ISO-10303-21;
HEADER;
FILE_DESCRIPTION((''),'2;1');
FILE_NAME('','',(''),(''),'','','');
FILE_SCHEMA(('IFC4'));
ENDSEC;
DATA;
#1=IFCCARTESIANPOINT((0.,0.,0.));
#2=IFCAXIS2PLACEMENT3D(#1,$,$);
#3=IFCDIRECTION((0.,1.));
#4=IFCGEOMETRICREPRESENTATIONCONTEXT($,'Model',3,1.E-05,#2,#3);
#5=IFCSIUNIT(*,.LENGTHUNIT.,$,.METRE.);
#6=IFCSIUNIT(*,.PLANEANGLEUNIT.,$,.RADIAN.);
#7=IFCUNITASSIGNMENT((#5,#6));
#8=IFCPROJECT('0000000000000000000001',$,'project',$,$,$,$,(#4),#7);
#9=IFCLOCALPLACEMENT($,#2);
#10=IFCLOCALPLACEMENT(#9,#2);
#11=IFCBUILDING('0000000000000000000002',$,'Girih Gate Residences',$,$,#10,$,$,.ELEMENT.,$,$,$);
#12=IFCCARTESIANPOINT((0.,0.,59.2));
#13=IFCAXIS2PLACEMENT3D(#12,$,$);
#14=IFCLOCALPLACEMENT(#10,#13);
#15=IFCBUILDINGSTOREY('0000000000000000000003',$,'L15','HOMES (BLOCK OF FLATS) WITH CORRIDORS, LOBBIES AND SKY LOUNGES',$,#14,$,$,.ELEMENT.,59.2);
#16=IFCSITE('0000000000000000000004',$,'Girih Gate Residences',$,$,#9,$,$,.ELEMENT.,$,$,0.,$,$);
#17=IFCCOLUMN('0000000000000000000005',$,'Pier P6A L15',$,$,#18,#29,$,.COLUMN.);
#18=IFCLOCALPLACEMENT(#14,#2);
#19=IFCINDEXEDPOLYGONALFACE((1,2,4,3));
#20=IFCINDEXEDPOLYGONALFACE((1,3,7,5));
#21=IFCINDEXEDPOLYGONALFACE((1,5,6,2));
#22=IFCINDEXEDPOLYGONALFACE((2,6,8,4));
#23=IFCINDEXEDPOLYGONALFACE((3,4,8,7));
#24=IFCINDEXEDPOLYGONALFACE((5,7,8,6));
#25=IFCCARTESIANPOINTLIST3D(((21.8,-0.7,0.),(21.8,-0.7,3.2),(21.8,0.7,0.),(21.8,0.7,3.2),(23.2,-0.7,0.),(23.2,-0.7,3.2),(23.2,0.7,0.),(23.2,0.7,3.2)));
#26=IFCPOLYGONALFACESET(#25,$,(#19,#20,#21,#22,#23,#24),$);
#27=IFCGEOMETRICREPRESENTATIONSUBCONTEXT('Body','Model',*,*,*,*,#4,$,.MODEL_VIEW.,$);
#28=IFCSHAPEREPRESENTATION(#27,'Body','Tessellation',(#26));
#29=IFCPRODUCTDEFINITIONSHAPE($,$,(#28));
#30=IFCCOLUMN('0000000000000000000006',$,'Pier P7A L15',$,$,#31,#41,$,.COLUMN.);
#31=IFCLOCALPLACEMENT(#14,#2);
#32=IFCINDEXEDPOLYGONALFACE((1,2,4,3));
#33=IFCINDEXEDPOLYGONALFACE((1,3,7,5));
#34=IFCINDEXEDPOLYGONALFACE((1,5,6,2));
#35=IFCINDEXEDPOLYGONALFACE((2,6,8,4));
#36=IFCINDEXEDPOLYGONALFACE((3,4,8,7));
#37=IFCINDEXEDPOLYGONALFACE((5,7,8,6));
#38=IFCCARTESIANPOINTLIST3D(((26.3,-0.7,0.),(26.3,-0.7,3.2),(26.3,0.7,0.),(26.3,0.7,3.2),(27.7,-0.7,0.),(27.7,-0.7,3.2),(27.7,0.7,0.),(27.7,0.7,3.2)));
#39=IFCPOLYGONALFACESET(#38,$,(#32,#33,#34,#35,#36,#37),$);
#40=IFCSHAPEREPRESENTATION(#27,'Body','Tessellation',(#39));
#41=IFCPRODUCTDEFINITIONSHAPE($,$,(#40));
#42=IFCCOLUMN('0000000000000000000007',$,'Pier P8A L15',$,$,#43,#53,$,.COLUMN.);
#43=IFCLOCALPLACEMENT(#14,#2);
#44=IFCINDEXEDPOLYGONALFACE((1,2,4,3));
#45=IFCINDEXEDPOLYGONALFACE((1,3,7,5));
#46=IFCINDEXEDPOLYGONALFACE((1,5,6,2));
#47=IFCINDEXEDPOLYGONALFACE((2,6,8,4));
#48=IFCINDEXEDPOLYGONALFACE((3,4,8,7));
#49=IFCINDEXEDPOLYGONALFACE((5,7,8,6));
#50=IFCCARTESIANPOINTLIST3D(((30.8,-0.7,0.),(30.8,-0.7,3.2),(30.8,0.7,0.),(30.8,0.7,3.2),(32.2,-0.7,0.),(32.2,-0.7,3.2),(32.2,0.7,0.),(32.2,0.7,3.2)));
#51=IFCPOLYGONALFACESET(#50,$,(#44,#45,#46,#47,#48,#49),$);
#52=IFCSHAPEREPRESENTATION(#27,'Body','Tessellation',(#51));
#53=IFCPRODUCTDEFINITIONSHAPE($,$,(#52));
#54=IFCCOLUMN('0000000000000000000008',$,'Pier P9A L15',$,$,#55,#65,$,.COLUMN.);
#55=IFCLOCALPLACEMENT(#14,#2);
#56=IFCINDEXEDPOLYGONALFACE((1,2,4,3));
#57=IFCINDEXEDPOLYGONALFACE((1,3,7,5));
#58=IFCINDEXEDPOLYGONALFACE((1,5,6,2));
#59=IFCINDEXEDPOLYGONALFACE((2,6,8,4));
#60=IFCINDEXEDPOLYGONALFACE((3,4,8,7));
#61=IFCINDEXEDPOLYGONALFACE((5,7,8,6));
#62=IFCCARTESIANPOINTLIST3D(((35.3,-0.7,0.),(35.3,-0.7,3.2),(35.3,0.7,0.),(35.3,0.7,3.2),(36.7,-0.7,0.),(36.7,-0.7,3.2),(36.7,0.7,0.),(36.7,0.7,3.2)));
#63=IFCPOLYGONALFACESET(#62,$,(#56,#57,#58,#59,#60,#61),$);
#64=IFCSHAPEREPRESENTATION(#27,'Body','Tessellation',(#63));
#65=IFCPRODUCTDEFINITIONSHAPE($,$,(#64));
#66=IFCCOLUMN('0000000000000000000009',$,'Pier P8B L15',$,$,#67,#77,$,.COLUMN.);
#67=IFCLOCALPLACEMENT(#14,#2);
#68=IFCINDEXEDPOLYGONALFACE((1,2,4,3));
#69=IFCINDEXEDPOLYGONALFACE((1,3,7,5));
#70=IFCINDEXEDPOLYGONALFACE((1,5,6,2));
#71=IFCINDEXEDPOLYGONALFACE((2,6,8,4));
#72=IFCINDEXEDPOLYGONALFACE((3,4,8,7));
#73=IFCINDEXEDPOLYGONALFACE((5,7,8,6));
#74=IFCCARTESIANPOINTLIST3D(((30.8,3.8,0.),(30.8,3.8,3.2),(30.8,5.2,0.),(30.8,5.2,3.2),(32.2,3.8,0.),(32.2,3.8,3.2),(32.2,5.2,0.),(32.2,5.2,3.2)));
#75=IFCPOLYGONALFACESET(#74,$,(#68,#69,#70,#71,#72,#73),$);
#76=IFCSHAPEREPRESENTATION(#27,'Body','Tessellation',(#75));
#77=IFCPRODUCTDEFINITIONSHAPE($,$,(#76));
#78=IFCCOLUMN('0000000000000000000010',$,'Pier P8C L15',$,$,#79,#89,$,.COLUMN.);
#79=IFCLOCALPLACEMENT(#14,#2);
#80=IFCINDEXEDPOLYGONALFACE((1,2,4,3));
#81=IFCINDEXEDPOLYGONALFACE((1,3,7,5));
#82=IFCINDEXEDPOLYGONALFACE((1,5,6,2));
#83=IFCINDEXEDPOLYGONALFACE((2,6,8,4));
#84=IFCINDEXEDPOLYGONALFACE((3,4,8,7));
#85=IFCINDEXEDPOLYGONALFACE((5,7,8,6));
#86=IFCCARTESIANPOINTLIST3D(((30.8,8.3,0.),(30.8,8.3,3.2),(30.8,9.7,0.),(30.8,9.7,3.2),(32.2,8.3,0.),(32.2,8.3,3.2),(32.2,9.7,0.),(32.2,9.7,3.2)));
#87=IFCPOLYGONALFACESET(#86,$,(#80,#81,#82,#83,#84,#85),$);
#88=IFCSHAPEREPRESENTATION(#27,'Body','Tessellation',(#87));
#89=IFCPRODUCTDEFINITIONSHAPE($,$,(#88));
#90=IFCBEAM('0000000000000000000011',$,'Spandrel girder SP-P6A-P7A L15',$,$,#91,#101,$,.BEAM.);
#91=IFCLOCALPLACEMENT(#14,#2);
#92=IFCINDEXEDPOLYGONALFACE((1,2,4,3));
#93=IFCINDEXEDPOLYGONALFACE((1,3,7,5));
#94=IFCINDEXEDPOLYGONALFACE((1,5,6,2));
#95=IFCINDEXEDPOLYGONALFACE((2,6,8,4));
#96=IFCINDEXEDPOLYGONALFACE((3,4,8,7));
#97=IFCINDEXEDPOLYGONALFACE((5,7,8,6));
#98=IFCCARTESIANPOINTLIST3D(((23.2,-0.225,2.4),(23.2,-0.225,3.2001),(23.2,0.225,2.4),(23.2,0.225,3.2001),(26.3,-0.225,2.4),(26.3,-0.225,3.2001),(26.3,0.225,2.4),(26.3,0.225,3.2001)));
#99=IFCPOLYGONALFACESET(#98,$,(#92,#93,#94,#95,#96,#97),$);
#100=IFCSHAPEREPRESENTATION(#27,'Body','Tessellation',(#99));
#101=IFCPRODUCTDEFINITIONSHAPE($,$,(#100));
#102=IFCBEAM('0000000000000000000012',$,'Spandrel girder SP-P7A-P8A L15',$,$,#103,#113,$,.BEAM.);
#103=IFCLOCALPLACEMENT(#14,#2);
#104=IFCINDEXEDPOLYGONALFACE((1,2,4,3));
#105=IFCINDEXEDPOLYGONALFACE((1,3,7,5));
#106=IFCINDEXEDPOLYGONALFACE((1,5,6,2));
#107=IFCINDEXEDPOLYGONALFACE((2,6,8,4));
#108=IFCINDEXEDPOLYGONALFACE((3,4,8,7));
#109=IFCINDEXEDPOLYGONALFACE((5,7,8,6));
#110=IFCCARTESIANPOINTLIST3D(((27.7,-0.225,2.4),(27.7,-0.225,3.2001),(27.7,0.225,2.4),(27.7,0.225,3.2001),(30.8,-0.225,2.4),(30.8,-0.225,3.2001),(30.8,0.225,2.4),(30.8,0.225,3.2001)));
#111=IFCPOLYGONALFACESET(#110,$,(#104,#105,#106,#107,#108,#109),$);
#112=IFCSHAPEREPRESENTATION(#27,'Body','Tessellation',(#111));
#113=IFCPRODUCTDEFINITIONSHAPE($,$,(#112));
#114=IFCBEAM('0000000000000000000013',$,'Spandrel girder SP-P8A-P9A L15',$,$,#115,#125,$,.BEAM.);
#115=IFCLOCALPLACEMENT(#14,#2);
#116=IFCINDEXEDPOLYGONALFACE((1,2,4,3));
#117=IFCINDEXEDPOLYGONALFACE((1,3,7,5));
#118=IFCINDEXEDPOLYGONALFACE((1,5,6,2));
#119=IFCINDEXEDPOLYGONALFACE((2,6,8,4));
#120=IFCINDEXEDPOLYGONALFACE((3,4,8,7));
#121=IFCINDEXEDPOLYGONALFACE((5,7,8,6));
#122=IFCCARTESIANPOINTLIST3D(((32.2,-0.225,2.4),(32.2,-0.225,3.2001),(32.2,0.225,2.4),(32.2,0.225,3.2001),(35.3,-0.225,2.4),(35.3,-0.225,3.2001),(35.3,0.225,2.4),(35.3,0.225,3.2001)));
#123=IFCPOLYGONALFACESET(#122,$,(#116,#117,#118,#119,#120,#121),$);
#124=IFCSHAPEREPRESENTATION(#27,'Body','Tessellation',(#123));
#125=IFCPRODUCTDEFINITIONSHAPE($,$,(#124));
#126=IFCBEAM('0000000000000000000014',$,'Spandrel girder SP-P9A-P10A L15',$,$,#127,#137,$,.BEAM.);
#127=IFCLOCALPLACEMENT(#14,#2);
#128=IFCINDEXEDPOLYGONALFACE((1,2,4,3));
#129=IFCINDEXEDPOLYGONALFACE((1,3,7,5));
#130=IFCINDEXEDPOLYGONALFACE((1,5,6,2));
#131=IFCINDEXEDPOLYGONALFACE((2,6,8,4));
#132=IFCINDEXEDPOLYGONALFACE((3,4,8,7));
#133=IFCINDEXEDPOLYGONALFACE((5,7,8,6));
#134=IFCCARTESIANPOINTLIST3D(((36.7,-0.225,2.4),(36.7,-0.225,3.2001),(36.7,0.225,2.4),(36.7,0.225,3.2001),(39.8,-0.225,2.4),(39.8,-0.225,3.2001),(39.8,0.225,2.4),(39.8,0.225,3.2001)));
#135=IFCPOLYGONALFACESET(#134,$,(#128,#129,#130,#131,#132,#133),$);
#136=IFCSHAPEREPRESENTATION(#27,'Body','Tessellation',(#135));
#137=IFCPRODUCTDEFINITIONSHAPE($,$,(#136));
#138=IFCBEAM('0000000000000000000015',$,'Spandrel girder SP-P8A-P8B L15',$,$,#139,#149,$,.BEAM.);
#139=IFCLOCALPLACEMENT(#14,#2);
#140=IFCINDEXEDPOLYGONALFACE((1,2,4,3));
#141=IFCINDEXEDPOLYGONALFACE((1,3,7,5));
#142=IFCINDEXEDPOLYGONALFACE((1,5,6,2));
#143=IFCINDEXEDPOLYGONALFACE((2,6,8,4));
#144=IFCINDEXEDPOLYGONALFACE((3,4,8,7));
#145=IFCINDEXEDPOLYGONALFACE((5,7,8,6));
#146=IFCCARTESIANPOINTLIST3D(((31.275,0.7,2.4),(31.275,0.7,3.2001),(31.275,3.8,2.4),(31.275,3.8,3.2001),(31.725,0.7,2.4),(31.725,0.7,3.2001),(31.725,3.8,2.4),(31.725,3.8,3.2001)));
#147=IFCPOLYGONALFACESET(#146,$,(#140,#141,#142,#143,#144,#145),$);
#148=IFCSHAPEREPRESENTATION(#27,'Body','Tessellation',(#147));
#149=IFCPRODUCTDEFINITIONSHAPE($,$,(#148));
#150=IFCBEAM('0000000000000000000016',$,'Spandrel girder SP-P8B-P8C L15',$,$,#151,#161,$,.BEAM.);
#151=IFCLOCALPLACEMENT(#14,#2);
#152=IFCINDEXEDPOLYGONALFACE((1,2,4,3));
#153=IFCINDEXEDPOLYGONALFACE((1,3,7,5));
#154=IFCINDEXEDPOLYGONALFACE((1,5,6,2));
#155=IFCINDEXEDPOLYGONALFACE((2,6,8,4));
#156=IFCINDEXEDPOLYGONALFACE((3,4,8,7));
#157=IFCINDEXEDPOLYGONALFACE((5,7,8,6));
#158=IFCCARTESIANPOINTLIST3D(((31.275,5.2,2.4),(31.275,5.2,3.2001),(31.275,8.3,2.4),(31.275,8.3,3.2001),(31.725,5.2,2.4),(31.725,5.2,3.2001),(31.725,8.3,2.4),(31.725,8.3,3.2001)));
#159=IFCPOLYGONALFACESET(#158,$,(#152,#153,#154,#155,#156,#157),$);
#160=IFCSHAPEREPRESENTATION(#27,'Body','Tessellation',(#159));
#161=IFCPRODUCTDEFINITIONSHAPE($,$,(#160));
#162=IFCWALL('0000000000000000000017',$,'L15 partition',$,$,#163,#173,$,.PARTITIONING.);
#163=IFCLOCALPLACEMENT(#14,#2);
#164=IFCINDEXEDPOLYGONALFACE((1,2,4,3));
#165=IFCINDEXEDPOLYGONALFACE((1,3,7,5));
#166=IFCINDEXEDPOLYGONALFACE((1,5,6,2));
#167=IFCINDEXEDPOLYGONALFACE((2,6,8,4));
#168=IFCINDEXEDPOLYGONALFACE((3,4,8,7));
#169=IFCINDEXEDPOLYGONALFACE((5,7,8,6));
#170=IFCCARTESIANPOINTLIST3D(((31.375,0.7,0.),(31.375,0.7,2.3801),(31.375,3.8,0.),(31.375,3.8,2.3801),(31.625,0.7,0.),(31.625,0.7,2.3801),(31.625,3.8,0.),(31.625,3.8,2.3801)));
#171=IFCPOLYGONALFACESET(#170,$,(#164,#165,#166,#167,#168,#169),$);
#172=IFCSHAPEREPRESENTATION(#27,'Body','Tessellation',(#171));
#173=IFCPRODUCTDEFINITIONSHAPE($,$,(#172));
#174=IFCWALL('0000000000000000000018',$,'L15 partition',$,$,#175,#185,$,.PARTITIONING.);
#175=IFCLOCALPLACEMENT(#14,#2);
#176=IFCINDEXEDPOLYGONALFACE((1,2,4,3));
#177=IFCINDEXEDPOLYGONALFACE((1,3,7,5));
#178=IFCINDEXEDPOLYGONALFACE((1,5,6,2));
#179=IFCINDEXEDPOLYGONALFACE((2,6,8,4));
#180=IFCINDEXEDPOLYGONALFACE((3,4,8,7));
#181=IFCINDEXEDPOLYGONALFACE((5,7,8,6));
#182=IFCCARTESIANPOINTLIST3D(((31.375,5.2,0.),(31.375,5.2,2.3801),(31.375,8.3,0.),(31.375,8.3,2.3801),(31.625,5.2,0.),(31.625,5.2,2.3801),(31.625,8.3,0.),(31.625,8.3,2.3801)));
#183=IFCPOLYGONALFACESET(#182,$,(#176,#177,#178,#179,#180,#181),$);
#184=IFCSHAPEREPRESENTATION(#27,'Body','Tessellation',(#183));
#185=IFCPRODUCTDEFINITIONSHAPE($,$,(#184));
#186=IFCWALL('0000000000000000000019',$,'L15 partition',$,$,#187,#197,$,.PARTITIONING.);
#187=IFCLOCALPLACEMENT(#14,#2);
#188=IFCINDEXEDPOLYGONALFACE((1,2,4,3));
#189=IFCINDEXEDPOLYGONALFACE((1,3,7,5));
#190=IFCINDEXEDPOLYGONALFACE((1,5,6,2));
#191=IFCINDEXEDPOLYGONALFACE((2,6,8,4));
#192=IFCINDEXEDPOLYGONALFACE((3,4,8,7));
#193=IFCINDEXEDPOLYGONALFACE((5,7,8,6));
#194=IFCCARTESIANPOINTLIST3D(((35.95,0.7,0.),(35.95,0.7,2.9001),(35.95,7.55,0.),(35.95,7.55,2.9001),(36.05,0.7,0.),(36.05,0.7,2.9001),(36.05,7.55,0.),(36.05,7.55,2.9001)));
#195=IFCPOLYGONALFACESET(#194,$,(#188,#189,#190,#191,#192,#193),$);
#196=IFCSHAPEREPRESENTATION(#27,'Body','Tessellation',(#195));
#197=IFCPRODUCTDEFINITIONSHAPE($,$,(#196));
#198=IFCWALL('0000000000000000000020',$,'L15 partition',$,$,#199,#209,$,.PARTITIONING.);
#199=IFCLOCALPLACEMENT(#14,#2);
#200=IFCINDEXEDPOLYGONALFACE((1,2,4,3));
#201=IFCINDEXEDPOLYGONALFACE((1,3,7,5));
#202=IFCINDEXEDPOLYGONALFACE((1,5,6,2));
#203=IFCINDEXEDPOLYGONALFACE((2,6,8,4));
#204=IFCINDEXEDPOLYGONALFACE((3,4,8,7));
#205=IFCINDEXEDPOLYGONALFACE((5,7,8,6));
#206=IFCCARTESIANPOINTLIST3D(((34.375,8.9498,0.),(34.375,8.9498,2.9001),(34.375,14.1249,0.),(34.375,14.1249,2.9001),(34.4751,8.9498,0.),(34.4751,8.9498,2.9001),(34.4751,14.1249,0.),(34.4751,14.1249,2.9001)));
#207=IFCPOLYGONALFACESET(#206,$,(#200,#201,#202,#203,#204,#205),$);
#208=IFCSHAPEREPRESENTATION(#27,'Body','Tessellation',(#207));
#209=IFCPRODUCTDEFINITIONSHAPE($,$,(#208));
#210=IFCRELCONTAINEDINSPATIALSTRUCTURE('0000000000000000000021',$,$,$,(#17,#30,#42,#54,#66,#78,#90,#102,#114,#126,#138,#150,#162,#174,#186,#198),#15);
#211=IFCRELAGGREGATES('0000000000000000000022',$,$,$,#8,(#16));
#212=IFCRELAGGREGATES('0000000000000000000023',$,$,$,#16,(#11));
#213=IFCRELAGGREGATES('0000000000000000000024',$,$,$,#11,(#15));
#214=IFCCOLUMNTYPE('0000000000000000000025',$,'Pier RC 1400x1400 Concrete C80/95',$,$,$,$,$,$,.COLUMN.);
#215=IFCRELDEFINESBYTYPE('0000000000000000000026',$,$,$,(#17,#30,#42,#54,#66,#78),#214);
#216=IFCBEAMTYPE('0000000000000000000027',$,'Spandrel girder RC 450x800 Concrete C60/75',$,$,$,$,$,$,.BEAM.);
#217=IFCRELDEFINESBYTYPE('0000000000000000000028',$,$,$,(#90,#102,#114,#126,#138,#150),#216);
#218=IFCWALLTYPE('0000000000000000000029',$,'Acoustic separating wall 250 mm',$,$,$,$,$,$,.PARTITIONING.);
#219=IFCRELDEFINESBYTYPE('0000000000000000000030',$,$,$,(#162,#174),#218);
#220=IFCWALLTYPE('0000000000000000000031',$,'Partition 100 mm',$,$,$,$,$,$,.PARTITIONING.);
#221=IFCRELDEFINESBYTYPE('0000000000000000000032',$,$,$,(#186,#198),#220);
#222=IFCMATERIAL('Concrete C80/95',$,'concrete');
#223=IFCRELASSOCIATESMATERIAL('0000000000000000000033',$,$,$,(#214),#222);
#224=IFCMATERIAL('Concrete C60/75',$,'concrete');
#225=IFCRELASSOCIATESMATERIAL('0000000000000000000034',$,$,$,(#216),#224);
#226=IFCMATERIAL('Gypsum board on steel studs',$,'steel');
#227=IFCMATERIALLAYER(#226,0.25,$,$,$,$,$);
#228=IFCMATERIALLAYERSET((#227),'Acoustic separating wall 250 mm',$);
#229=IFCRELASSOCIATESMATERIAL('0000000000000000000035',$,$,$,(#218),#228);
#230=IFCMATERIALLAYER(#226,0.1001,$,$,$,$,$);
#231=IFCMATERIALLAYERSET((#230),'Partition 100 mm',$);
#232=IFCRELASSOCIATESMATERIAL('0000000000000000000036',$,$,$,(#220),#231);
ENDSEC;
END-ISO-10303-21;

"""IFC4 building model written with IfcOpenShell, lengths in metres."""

from ifc_helpers import new_model, si_unit, direction, frame, frame_2d, origin, origin_2d, place, context, subcontext, project, spatial, rectangle, extrude, material, layer, layer_set, material_profile, profile_set, type_object, element, save


model = new_model("IFC4")

# Units and contexts
model_context = context("Model", 3, precision=1e-05, world=origin(), true_north=direction((0.0, 1.0)))
body_context = subcontext(model_context, "Body", "Model", "MODEL_VIEW")
ifc_project = project(units=[si_unit("LENGTHUNIT", "METRE"), si_unit("PLANEANGLEUNIT", "RADIAN")], contexts=[model_context])

# Site, building, storey
site_placement = place(None, origin())
site = spatial("IfcSite", under=ifc_project, at=site_placement, Name="Girih Gate Residences", CompositionType="ELEMENT", RefElevation=0.0)
building_placement = place(site_placement, origin())
building = spatial("IfcBuilding", under=site, at=building_placement, Name="Girih Gate Residences", CompositionType="ELEMENT")
storey_placement = place(building_placement, frame((0.0, 0.0, 59.2)))
storey = spatial("IfcBuildingStorey", under=building, at=storey_placement, Name="L15", Description="HOMES (BLOCK OF FLATS) WITH CORRIDORS, LOBBIES AND SKY LOUNGES", CompositionType="ELEMENT", Elevation=59.2)

# Columns
ifc_material_1 = material(Name="Concrete C80/95", Category="concrete")
ifc_material_profile_1 = material_profile(ifc_material_1, rectangle(XDim=1.3999, YDim=1.3999, at=origin_2d()))
ifc_profile_set_1 = profile_set([ifc_material_profile_1], Name="Concrete C80/95")
column_type = type_object("IfcColumnType", Name="Pier RC 1400x1400 Concrete C80/95", PredefinedType="COLUMN", material=ifc_profile_set_1)
for number, where, z_axis, x_axis, name in (
    (1, (22.5, 0.0, 0.0), (0.0, 0.0, 1.0), (1.0, 0.0, 0.0), "Pier P6A L15"),
    (2, (27.0, 0.0, 0.0), (0.0, 0.0, 1.0), (1.0, 0.0, 0.0), "Pier P7A L15"),
    (3, (31.5, 0.0, 0.0), (0.0, 0.0, 1.0), (1.0, 0.0, 0.0), "Pier P8A L15"),
    (4, (36.0, 0.0, 0.0), (0.0, 0.0, 1.0), (1.0, 0.0, 0.0), "Pier P9A L15"),
    (5, (31.5, 4.5, 0.0), (0.0, 0.0, 1.0), (1.0, 0.0, 0.0), "Pier P8B L15"),
    (6, (31.5, 9.0, 0.0), (0.0, 0.0, 1.0), (1.0, 0.0, 0.0), "Pier P8C L15"),
):
    element("IfcColumn", number, at=place(storey_placement, frame(where, z_axis=z_axis, x_axis=x_axis)), inside=storey, type_object=column_type, Name=name, PredefinedType="COLUMN", context=body_context, shape_type="SweptSolid", body=[
        extrude(rectangle(XDim=1.3999, YDim=1.3999, at=origin_2d()), origin(), (0.0, 0.0, 1.0), 3.2),
    ])

# Beams
ifc_material_2 = material(Name="Concrete C60/75", Category="concrete")
ifc_material_profile_2 = material_profile(ifc_material_2, rectangle(XDim=0.45, YDim=0.8, at=origin_2d()))
ifc_profile_set_2 = profile_set([ifc_material_profile_2], Name="Concrete C60/75")
beam_type = type_object("IfcBeamType", Name="Spandrel girder RC 450x800 Concrete C60/75", PredefinedType="BEAM", material=ifc_profile_set_2)
for number, where, z_axis, x_axis, name in (
    (7, (23.2, 0.0, 2.8), (1.0, 0.0, 0.0), (0.0, 1.0, 0.0), "Spandrel girder SP-P6A-P7A L15"),
    (8, (27.7, 0.0, 2.8), (1.0, 0.0, 0.0), (0.0, 1.0, 0.0), "Spandrel girder SP-P7A-P8A L15"),
    (9, (32.2, 0.0, 2.8), (1.0, 0.0, 0.0), (0.0, 1.0, 0.0), "Spandrel girder SP-P8A-P9A L15"),
    (10, (36.7, 0.0, 2.8), (1.0, 0.0, 0.0), (0.0, 1.0, 0.0), "Spandrel girder SP-P9A-P10A L15"),
    (11, (31.5, 0.7, 2.8), (0.0, 1.0, 0.0), (-1.0, 0.0, 0.0), "Spandrel girder SP-P8A-P8B L15"),
    (12, (31.5, 5.2, 2.8), (0.0, 1.0, 0.0), (-1.0, 0.0, 0.0), "Spandrel girder SP-P8B-P8C L15"),
):
    element("IfcBeam", number, at=place(storey_placement, frame(where, z_axis=z_axis, x_axis=x_axis)), inside=storey, type_object=beam_type, Name=name, PredefinedType="BEAM", context=body_context, shape_type="SweptSolid", body=[
        extrude(rectangle(XDim=0.45, YDim=0.8, at=origin_2d()), origin(), (0.0, 0.0, 1.0), 3.1001),
    ])

# Walls
ifc_material_3 = material(Name="Gypsum board on steel studs", Category="steel")
ifc_layer_1 = layer(ifc_material_3, 0.25)
ifc_layer_set_1 = layer_set([ifc_layer_1], Name="Acoustic separating wall 250 mm")
wall_type_1 = type_object("IfcWallType", Name="Acoustic separating wall 250 mm", PredefinedType="PARTITIONING", material=ifc_layer_set_1)
for number, where, z_axis, x_axis, name in (
    (13, (31.5, 0.7, 0.0), (0.0, 0.0, 1.0), (0.0, 1.0, 0.0), "L15 partition"),
    (14, (31.5, 5.2, 0.0), (0.0, 0.0, 1.0), (0.0, 1.0, 0.0), "L15 partition"),
):
    element("IfcWall", number, at=place(storey_placement, frame(where, z_axis=z_axis, x_axis=x_axis)), inside=storey, type_object=wall_type_1, Name=name, PredefinedType="PARTITIONING", context=body_context, shape_type="SweptSolid", body=[
        extrude(rectangle(XDim=3.1001, YDim=0.25, at=frame_2d((1.55, 0.0))), origin(), (0.0, 0.0, 1.0), 2.3801),
    ])
ifc_layer_2 = layer(ifc_material_3, 0.1001)
ifc_layer_set_2 = layer_set([ifc_layer_2], Name="Partition 100 mm")
wall_type_2 = type_object("IfcWallType", Name="Partition 100 mm", PredefinedType="PARTITIONING", material=ifc_layer_set_2)
wall_1_placement = place(storey_placement, frame((36.0, 0.7, 0.0), z_axis=(0.0, 0.0, 1.0), x_axis=(0.0, 1.0, 0.0)))
element("IfcWall", 15, at=wall_1_placement, inside=storey, type_object=wall_type_2, Name="L15 partition", PredefinedType="PARTITIONING", context=body_context, shape_type="SweptSolid", body=[
    extrude(rectangle(XDim=6.8501, YDim=0.1001, at=frame_2d((3.425, 0.0))), origin(), (0.0, 0.0, 1.0), 2.9001),
])
wall_2_placement = place(storey_placement, frame((34.425, 8.95, 0.0), z_axis=(0.0, 0.0, 1.0), x_axis=(0.0, 1.0, 0.0)))
element("IfcWall", 16, at=wall_2_placement, inside=storey, type_object=wall_type_2, Name="L15 partition", PredefinedType="PARTITIONING", context=body_context, shape_type="SweptSolid", body=[
    extrude(rectangle(XDim=5.175, YDim=0.1001, at=frame_2d((2.5874, 0.0))), origin(), (0.0, 0.0, 1.0), 2.9001),
])

save(model, "model.ifc")
